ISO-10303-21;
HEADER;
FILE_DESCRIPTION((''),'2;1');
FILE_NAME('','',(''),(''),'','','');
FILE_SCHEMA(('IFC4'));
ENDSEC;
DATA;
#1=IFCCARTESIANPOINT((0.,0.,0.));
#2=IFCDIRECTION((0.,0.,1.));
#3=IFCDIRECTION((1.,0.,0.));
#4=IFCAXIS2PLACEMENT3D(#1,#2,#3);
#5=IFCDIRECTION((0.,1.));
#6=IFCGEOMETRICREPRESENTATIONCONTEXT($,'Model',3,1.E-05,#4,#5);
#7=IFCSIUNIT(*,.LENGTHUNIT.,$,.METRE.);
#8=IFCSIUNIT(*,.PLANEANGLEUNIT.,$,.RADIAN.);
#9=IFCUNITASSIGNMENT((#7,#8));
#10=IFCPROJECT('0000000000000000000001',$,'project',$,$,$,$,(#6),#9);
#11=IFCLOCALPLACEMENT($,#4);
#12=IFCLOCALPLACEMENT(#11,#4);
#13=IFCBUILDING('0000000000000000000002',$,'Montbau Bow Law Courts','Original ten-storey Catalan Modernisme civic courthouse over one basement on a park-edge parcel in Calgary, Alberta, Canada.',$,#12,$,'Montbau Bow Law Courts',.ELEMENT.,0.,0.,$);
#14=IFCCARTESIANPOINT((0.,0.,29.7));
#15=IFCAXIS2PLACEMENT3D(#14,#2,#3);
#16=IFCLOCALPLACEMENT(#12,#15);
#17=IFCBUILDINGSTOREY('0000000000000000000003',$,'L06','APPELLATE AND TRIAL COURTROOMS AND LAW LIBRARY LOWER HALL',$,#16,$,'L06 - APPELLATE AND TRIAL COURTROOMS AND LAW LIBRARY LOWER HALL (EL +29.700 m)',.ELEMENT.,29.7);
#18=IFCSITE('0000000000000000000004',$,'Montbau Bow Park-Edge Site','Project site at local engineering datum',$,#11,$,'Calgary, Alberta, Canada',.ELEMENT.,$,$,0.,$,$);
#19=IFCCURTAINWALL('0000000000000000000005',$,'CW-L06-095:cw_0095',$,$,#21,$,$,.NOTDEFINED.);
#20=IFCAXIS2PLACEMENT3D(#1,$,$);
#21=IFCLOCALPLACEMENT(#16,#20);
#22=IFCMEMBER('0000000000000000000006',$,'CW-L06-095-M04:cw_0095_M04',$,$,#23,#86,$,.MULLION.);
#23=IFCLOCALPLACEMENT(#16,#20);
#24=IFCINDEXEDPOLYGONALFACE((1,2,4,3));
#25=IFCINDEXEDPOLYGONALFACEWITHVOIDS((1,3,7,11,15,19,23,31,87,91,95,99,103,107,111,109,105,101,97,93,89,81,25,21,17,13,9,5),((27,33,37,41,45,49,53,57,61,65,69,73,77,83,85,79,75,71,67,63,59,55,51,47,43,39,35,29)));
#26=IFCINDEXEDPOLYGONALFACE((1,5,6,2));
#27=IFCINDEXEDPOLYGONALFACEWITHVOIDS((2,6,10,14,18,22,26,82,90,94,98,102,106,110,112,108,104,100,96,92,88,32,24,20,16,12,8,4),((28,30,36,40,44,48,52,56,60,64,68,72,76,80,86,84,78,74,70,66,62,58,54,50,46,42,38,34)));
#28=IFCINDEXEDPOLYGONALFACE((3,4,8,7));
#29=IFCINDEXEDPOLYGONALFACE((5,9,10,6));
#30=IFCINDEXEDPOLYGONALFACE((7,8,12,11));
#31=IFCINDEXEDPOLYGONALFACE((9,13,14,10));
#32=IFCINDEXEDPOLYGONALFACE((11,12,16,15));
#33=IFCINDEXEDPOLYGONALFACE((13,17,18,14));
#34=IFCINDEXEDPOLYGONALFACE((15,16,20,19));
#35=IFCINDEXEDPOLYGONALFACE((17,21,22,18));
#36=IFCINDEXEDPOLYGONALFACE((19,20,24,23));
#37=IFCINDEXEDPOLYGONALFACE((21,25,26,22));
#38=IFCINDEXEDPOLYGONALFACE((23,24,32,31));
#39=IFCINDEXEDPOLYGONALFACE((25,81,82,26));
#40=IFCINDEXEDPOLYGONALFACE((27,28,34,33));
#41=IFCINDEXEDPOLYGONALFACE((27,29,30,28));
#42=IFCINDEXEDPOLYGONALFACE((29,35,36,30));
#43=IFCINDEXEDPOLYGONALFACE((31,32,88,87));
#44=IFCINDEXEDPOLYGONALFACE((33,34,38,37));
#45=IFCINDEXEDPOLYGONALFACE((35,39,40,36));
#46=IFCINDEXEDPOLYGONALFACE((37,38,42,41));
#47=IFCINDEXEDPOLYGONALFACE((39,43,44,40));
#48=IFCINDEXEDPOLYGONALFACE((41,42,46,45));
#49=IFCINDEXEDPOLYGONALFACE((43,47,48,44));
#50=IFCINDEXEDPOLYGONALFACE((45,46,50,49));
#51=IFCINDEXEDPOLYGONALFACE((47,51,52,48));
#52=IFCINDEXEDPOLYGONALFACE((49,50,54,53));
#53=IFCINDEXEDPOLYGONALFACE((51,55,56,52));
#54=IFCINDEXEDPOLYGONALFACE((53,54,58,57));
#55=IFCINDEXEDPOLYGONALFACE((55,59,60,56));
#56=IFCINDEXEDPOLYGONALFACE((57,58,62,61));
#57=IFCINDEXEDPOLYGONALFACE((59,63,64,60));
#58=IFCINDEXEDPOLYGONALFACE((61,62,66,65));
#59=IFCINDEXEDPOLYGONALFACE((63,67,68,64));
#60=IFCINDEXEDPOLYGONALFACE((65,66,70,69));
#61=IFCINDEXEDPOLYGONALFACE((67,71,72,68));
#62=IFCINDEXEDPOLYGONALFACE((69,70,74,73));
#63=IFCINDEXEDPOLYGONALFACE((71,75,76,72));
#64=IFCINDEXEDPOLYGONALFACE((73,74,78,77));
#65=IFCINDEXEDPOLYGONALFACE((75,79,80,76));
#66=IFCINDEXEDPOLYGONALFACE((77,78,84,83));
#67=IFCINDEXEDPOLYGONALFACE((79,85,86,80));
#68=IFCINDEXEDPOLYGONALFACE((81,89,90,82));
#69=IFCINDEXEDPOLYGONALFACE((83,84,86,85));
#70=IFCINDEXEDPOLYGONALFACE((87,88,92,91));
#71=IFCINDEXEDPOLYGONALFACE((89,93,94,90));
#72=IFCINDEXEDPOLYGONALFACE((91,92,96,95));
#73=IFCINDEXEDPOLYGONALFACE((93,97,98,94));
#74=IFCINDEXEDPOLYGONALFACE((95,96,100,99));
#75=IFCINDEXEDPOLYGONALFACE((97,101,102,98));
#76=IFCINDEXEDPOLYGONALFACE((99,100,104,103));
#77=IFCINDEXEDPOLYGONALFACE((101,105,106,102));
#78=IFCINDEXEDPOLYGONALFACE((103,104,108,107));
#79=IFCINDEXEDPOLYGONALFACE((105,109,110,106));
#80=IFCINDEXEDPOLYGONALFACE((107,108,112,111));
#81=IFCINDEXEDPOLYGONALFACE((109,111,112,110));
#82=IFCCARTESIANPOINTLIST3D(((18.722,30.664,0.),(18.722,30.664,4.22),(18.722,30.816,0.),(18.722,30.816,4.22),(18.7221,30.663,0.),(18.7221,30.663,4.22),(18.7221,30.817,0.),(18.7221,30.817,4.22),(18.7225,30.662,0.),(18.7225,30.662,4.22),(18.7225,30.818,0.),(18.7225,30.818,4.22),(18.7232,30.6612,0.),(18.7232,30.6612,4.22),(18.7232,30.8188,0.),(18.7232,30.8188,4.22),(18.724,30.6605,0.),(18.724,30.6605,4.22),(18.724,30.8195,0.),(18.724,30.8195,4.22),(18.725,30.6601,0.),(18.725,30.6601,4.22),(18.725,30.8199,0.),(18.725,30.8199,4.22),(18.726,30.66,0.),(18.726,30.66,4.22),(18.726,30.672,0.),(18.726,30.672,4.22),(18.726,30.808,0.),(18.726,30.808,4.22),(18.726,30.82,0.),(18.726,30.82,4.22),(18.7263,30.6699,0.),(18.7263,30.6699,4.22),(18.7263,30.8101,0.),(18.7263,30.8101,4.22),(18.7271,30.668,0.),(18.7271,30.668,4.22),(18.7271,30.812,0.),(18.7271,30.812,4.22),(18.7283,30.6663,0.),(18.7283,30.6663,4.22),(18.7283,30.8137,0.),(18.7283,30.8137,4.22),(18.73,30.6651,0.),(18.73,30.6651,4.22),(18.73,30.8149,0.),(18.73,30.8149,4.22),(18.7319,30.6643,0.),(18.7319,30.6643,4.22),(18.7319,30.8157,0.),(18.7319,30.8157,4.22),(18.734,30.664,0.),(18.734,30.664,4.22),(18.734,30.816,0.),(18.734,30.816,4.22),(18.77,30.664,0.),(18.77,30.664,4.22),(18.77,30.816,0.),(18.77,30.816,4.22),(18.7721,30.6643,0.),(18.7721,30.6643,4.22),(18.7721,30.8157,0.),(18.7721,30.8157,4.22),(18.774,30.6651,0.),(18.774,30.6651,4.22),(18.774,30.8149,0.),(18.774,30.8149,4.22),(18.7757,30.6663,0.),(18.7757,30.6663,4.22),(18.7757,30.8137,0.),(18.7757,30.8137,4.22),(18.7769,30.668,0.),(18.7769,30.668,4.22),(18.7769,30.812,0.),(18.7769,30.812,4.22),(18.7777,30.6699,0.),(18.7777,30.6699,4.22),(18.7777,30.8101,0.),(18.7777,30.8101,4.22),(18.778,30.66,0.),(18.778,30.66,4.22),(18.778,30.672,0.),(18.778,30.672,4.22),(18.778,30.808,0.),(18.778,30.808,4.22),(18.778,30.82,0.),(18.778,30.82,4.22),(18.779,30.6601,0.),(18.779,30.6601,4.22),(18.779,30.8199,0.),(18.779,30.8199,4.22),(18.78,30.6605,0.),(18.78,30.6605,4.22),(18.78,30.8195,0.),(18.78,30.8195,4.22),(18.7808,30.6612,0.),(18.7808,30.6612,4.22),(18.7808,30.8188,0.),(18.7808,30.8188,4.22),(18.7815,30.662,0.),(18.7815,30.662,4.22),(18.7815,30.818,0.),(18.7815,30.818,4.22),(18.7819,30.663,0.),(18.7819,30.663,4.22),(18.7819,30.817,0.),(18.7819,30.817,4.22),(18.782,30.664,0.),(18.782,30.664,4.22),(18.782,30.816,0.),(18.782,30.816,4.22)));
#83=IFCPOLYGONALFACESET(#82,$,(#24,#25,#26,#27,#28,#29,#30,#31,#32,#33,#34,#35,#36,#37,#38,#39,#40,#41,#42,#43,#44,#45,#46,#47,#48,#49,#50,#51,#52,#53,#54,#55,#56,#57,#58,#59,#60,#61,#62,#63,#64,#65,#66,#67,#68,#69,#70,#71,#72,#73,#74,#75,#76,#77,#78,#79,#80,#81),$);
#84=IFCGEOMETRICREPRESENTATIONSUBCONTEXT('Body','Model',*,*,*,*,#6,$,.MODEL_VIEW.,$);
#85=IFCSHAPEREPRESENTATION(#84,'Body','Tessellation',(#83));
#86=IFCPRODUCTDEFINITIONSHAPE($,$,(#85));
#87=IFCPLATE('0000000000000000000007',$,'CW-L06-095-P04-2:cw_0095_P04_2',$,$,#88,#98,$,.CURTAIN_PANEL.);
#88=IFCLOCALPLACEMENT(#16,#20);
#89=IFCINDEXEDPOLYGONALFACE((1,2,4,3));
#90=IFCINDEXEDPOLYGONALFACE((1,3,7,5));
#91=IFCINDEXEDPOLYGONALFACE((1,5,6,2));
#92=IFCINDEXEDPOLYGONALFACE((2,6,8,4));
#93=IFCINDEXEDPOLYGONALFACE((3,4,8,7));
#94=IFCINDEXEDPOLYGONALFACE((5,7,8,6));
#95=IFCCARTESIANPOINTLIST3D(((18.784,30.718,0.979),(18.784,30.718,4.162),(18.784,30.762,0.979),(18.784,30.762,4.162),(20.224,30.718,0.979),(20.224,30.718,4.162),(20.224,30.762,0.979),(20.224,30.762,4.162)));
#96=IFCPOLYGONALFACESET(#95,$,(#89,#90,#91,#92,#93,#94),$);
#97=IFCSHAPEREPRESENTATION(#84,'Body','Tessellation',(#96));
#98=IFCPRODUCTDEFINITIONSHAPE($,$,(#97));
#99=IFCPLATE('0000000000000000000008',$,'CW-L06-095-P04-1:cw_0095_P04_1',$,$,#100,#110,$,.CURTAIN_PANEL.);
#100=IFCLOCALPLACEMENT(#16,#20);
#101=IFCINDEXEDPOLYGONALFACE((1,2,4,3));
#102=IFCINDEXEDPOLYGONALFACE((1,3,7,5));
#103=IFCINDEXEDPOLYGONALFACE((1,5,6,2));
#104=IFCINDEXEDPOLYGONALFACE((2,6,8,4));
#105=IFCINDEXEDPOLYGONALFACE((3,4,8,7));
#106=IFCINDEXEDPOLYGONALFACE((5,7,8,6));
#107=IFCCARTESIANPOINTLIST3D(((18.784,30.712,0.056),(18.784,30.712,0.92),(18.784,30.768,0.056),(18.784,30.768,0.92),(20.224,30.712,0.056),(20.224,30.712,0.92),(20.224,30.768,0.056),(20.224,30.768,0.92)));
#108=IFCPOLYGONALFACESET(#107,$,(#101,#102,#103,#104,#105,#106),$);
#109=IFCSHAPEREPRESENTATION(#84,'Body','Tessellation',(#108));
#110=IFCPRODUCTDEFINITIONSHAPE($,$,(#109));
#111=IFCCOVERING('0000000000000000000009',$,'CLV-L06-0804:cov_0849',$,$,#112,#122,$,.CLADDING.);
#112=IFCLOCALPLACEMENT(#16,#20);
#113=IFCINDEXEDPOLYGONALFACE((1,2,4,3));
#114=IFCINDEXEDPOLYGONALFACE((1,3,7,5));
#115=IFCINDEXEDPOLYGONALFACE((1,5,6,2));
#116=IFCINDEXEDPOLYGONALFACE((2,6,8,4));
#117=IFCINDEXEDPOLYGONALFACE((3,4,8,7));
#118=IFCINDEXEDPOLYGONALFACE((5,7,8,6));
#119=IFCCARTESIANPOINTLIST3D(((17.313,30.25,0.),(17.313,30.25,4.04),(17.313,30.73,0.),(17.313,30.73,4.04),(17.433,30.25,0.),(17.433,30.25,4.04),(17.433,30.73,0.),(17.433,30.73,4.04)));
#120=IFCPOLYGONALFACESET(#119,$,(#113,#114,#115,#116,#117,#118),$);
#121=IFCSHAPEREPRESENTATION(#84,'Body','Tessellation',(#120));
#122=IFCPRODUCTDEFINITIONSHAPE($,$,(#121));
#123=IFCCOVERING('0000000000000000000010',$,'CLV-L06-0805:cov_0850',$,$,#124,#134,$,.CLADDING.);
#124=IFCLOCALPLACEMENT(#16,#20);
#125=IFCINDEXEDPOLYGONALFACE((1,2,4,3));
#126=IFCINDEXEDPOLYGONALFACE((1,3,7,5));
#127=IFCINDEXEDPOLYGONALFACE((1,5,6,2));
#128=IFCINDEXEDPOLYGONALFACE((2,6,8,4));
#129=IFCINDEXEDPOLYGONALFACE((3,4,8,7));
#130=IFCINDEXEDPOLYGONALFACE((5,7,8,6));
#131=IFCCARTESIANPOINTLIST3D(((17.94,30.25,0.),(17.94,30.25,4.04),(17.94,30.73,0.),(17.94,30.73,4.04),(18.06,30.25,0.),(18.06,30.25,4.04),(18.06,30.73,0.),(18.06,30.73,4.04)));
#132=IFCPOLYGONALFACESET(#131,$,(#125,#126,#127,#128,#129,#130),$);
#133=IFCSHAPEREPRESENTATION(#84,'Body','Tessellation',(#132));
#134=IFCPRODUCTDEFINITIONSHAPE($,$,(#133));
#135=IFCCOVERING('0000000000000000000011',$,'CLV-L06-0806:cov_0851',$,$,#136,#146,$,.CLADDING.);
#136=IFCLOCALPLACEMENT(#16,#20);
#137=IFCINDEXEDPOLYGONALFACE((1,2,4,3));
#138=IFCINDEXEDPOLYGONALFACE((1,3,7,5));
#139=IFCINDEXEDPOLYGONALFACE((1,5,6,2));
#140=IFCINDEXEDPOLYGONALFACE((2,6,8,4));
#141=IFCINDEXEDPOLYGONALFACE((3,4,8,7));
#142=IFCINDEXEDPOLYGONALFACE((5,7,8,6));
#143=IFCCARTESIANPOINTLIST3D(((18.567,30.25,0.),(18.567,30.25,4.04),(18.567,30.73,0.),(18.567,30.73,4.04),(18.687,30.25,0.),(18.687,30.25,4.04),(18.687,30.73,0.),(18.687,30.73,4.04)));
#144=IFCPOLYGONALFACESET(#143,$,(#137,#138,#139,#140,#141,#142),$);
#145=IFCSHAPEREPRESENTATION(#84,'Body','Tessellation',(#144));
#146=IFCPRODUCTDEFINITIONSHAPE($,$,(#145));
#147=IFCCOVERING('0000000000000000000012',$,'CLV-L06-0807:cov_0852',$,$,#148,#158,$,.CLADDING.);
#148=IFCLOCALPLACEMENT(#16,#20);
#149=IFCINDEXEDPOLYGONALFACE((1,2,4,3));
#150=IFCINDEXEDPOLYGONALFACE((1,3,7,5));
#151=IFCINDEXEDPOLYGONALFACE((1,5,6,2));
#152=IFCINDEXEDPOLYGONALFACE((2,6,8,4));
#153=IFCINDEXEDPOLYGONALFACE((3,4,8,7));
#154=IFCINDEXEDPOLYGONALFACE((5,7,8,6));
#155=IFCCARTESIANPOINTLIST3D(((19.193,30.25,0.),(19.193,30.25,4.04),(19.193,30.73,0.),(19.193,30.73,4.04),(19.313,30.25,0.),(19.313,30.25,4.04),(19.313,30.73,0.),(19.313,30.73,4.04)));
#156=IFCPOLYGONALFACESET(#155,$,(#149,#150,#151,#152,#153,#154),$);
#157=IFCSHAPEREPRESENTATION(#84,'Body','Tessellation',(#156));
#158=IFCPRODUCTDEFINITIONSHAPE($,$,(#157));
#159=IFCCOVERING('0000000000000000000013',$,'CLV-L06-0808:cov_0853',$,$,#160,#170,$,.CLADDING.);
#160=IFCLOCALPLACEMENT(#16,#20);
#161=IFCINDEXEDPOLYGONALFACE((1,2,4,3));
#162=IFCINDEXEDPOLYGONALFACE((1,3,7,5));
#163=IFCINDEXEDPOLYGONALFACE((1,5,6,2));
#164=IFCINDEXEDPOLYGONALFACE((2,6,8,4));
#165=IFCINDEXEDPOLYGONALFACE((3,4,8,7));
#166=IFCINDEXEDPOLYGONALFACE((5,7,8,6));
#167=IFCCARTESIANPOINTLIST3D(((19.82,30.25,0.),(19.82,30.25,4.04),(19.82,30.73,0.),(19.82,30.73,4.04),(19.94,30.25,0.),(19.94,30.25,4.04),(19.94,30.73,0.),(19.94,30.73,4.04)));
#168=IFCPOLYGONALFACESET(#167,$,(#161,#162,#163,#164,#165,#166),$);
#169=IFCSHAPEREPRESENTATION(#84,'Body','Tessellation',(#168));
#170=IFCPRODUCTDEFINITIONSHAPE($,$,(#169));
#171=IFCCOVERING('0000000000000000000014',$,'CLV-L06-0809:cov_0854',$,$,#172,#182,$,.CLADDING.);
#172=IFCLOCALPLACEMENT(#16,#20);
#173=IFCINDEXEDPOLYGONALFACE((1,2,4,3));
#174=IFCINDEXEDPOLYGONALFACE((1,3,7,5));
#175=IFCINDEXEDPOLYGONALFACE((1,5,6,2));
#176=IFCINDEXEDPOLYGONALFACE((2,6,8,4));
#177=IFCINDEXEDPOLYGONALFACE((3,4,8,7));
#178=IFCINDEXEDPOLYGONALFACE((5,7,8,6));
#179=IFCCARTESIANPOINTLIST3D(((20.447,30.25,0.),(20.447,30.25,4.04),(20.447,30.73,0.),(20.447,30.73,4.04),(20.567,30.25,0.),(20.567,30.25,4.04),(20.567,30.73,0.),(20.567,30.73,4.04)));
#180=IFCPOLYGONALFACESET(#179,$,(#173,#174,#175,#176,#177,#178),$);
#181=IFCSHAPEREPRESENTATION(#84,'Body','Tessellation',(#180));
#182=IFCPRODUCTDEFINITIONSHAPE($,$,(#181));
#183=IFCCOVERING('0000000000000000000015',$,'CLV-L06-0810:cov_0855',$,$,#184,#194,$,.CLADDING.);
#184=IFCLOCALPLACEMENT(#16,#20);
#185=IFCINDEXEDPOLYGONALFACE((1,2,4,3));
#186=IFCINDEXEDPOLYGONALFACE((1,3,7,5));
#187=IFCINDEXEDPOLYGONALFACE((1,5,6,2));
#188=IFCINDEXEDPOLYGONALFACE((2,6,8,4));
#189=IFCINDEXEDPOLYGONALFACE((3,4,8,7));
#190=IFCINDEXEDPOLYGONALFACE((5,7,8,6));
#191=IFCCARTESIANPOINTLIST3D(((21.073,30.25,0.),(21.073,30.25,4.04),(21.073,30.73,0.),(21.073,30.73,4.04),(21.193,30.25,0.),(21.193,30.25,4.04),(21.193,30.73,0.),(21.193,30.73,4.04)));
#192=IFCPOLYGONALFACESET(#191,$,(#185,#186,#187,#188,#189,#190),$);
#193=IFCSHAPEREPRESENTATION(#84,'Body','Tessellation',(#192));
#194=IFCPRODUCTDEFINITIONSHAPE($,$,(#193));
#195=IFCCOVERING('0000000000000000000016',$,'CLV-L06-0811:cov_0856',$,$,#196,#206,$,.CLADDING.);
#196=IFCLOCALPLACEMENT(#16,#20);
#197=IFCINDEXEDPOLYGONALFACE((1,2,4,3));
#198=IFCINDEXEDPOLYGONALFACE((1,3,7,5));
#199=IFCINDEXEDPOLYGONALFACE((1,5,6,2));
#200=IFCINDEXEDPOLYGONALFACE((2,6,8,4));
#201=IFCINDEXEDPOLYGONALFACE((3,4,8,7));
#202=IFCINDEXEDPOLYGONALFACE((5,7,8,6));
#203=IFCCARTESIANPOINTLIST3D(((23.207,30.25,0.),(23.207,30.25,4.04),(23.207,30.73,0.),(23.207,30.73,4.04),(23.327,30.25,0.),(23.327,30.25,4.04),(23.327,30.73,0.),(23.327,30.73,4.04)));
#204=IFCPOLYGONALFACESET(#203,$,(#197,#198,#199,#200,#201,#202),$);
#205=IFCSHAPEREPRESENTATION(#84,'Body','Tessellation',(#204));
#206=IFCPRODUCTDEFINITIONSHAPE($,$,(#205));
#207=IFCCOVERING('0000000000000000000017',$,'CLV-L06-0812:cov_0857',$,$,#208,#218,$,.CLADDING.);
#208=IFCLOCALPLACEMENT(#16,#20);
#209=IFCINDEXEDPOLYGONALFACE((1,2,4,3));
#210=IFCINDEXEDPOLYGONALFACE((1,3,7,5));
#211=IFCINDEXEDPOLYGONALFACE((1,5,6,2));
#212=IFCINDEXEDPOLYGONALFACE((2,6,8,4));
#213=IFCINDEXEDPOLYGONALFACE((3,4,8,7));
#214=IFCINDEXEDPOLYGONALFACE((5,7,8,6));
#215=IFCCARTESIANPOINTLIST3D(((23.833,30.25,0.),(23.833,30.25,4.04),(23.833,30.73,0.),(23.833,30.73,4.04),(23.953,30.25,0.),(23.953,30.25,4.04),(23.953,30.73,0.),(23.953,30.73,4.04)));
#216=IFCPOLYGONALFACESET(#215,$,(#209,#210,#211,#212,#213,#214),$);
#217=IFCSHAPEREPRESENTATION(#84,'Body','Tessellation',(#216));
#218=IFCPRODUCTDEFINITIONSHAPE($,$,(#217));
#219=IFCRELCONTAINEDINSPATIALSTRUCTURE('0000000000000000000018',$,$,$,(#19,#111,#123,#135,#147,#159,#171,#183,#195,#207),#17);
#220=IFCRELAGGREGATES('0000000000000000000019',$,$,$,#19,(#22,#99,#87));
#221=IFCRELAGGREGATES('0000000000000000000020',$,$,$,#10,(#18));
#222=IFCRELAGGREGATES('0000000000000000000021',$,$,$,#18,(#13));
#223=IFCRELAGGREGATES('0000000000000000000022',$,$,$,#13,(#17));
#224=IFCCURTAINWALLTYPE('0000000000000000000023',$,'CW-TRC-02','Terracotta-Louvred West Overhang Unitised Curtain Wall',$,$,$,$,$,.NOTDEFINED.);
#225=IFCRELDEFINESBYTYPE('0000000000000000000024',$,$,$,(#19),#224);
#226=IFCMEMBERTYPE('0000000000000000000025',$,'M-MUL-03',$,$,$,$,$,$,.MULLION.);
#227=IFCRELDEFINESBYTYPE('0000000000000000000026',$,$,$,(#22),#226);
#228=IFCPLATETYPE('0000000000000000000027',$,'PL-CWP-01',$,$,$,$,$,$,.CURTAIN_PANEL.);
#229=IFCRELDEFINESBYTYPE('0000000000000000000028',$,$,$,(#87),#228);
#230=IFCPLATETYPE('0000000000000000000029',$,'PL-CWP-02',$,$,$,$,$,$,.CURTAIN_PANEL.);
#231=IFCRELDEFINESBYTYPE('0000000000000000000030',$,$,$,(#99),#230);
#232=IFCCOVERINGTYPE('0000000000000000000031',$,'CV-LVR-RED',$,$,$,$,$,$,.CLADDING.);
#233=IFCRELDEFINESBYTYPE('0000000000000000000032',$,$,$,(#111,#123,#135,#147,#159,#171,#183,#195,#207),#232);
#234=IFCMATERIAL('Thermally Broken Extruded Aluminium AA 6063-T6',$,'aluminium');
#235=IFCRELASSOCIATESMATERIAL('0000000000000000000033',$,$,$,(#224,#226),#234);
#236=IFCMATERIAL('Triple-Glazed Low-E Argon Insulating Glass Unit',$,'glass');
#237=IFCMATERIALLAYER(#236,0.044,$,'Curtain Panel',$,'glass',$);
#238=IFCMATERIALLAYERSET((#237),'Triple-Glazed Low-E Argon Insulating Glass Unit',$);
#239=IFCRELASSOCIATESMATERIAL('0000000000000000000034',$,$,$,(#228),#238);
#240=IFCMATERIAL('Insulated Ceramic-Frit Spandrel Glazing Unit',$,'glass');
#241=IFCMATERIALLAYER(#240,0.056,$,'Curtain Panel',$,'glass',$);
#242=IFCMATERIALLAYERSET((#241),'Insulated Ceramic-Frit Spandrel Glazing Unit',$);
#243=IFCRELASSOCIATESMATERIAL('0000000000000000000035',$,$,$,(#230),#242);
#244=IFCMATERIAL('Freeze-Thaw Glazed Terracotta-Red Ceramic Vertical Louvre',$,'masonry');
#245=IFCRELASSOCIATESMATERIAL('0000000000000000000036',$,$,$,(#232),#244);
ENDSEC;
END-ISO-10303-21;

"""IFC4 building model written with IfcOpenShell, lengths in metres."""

from ifc_helpers import new_model, si_unit, direction, frame, frame_2d, origin_with_axes, origin_2d_with_axis, place, context, subcontext, project, spatial, rectangle, hollow_rectangle, extrude, material, layer, layer_set, material_profile, profile_set, type_object, element, aggregate, save


model = new_model("IFC4")

# Units and contexts
model_context = context("Model", 3, precision=1e-05, world=origin_with_axes(), true_north=direction((0.0, 1.0)))
body_context = subcontext(model_context, "Body", "Model", "MODEL_VIEW")
ifc_project = project(units=[si_unit("LENGTHUNIT", "METRE"), si_unit("PLANEANGLEUNIT", "RADIAN")], contexts=[model_context])

# Site, building, storey
site_placement = place(None, origin_with_axes())
site = spatial("IfcSite", under=ifc_project, at=site_placement, Name="Montbau Bow Park-Edge Site", Description="Project site at local engineering datum", LongName="Calgary, Alberta, Canada", CompositionType="ELEMENT", RefElevation=0.0)
building_placement = place(site_placement, origin_with_axes())
building = spatial("IfcBuilding", under=site, at=building_placement, Name="Montbau Bow Law Courts", Description="Original ten-storey Catalan Modernisme civic courthouse over one basement on a park-edge parcel in Calgary, Alberta, Canada.", LongName="Montbau Bow Law Courts", CompositionType="ELEMENT", ElevationOfRefHeight=0.0, ElevationOfTerrain=0.0)
storey_placement = place(building_placement, frame((0.0, 0.0, 29.7), z_axis=(0.0, 0.0, 1.0), x_axis=(1.0, 0.0, 0.0)))
storey = spatial("IfcBuildingStorey", under=building, at=storey_placement, Name="L06", Description="APPELLATE AND TRIAL COURTROOMS AND LAW LIBRARY LOWER HALL", LongName="L06 - APPELLATE AND TRIAL COURTROOMS AND LAW LIBRARY LOWER HALL (EL +29.700 m)", CompositionType="ELEMENT", Elevation=29.7)

# Curtain wall, member, plates
ifc_material_1 = material(Name="Thermally Broken Extruded Aluminium AA 6063-T6", Category="aluminium")
curtain_wall_type = type_object("IfcCurtainWallType", Name="CW-TRC-02", Description="Terracotta-Louvred West Overhang Unitised Curtain Wall", PredefinedType="NOTDEFINED", material=ifc_material_1)
curtain_wall_placement = place(None, frame((14.24, 30.74, 29.7), z_axis=(0.0, 0.0, 1.0), x_axis=(1.0, 0.0, 0.0)))
curtain_wall = element("IfcCurtainWall", 1, at=curtain_wall_placement, inside=storey, type_object=curtain_wall_type, Name="CW-L06-095:cw_0095", PredefinedType="NOTDEFINED")
ifc_material_profile_1 = material_profile(ifc_material_1, hollow_rectangle(XDim=0.06, YDim=0.16, WallThickness=0.004, InnerFilletRadius=0.008, OuterFilletRadius=0.004, at=origin_2d_with_axis()), Name="CWM-160X60", Category="Main", Priority=0)
ifc_profile_set_1 = profile_set([ifc_material_profile_1], Name="Thermally Broken Extruded Aluminium AA 6063-T6")
member_type = type_object("IfcMemberType", Name="M-MUL-03", PredefinedType="MULLION", material=ifc_profile_set_1)
member_placement = place(None, frame((18.752, 30.74, 29.7), z_axis=(0.0, 0.0, 1.0), x_axis=(1.0, 0.0, 0.0)))
member = element("IfcMember", 2, at=member_placement, type_object=member_type, Name="CW-L06-095-M04:cw_0095_M04", PredefinedType="MULLION", context=body_context, shape_type="SweptSolid", body=[
    extrude(hollow_rectangle(XDim=0.06, YDim=0.16, WallThickness=0.004, InnerFilletRadius=0.008, OuterFilletRadius=0.004, at=origin_2d_with_axis()), origin_with_axes(), (0.0, 0.0, 1.0), 4.22),
])
ifc_material_2 = material(Name="Triple-Glazed Low-E Argon Insulating Glass Unit", Category="glass")
ifc_layer_1 = layer(ifc_material_2, 0.044, Name="Curtain Panel", Category="glass")
ifc_layer_set_1 = layer_set([ifc_layer_1], Name="Triple-Glazed Low-E Argon Insulating Glass Unit")
plate_type_1 = type_object("IfcPlateType", Name="PL-CWP-01", PredefinedType="CURTAIN_PANEL", material=ifc_layer_set_1)
plate_1_placement = place(None, frame((18.784, 30.74, 30.679), z_axis=(0.0, -1.0, 0.0), x_axis=(1.0, 0.0, 0.0)))
plate_1 = element("IfcPlate", 3, at=plate_1_placement, type_object=plate_type_1, Name="CW-L06-095-P04-2:cw_0095_P04_2", PredefinedType="CURTAIN_PANEL", context=body_context, shape_type="SweptSolid", body=[
    extrude(rectangle(XDim=1.44, YDim=3.183, at=frame_2d((0.72, 1.5915), x_axis=(1.0, 0.0))), frame((0.0, 0.0, -0.022), z_axis=(0.0, 0.0, 1.0), x_axis=(1.0, 0.0, 0.0)), (0.0, 0.0, 1.0), 0.044),
])
ifc_material_3 = material(Name="Insulated Ceramic-Frit Spandrel Glazing Unit", Category="glass")
ifc_layer_2 = layer(ifc_material_3, 0.056, Name="Curtain Panel", Category="glass")
ifc_layer_set_2 = layer_set([ifc_layer_2], Name="Insulated Ceramic-Frit Spandrel Glazing Unit")
plate_type_2 = type_object("IfcPlateType", Name="PL-CWP-02", PredefinedType="CURTAIN_PANEL", material=ifc_layer_set_2)
plate_2_placement = place(None, frame((18.784, 30.74, 29.756), z_axis=(0.0, -1.0, 0.0), x_axis=(1.0, 0.0, 0.0)))
plate_2 = element("IfcPlate", 4, at=plate_2_placement, type_object=plate_type_2, Name="CW-L06-095-P04-1:cw_0095_P04_1", PredefinedType="CURTAIN_PANEL", context=body_context, shape_type="SweptSolid", body=[
    extrude(rectangle(XDim=1.44, YDim=0.864, at=frame_2d((0.72, 0.432), x_axis=(1.0, 0.0))), frame((0.0, 0.0, -0.028), z_axis=(0.0, 0.0, 1.0), x_axis=(1.0, 0.0, 0.0)), (0.0, 0.0, 1.0), 0.056),
])
aggregate(curtain_wall, [member, plate_2, plate_1])

# Coverings
ifc_material_4 = material(Name="Freeze-Thaw Glazed Terracotta-Red Ceramic Vertical Louvre", Category="masonry")
covering_type = type_object("IfcCoveringType", Name="CV-LVR-RED", PredefinedType="CLADDING", material=ifc_material_4)
for number, where, z_axis, x_axis, name in (
    (5, (17.373, 30.73, 29.7), (-1.0, 0.0, 0.0), (0.0, -1.0, 0.0), "CLV-L06-0804:cov_0849"),
    (6, (18.0, 30.73, 29.7), (-1.0, 0.0, 0.0), (0.0, -1.0, 0.0), "CLV-L06-0805:cov_0850"),
    (7, (18.627, 30.73, 29.7), (-1.0, 0.0, 0.0), (0.0, -1.0, 0.0), "CLV-L06-0806:cov_0851"),
    (8, (19.253, 30.73, 29.7), (-1.0, 0.0, 0.0), (0.0, -1.0, 0.0), "CLV-L06-0807:cov_0852"),
    (9, (19.88, 30.73, 29.7), (-1.0, 0.0, 0.0), (0.0, -1.0, 0.0), "CLV-L06-0808:cov_0853"),
    (10, (20.507, 30.73, 29.7), (-1.0, 0.0, 0.0), (0.0, -1.0, 0.0), "CLV-L06-0809:cov_0854"),
    (11, (21.133, 30.73, 29.7), (-1.0, 0.0, 0.0), (0.0, -1.0, 0.0), "CLV-L06-0810:cov_0855"),
    (12, (23.267, 30.73, 29.7), (-1.0, 0.0, 0.0), (0.0, -1.0, 0.0), "CLV-L06-0811:cov_0856"),
    (13, (23.893, 30.73, 29.7), (-1.0, 0.0, 0.0), (0.0, -1.0, 0.0), "CLV-L06-0812:cov_0857"),
):
    element("IfcCovering", number, at=place(None, frame(where, z_axis=z_axis, x_axis=x_axis)), inside=storey, type_object=covering_type, Name=name, PredefinedType="CLADDING", context=body_context, shape_type="SweptSolid", body=[
        extrude(rectangle(XDim=0.48, YDim=4.04, at=frame_2d((0.24, 2.02), x_axis=(1.0, 0.0))), frame((0.0, 0.0, -0.06), z_axis=(0.0, 0.0, 1.0), x_axis=(1.0, 0.0, 0.0)), (0.0, 0.0, 1.0), 0.12),
    ])

save(model, "model.ifc")
